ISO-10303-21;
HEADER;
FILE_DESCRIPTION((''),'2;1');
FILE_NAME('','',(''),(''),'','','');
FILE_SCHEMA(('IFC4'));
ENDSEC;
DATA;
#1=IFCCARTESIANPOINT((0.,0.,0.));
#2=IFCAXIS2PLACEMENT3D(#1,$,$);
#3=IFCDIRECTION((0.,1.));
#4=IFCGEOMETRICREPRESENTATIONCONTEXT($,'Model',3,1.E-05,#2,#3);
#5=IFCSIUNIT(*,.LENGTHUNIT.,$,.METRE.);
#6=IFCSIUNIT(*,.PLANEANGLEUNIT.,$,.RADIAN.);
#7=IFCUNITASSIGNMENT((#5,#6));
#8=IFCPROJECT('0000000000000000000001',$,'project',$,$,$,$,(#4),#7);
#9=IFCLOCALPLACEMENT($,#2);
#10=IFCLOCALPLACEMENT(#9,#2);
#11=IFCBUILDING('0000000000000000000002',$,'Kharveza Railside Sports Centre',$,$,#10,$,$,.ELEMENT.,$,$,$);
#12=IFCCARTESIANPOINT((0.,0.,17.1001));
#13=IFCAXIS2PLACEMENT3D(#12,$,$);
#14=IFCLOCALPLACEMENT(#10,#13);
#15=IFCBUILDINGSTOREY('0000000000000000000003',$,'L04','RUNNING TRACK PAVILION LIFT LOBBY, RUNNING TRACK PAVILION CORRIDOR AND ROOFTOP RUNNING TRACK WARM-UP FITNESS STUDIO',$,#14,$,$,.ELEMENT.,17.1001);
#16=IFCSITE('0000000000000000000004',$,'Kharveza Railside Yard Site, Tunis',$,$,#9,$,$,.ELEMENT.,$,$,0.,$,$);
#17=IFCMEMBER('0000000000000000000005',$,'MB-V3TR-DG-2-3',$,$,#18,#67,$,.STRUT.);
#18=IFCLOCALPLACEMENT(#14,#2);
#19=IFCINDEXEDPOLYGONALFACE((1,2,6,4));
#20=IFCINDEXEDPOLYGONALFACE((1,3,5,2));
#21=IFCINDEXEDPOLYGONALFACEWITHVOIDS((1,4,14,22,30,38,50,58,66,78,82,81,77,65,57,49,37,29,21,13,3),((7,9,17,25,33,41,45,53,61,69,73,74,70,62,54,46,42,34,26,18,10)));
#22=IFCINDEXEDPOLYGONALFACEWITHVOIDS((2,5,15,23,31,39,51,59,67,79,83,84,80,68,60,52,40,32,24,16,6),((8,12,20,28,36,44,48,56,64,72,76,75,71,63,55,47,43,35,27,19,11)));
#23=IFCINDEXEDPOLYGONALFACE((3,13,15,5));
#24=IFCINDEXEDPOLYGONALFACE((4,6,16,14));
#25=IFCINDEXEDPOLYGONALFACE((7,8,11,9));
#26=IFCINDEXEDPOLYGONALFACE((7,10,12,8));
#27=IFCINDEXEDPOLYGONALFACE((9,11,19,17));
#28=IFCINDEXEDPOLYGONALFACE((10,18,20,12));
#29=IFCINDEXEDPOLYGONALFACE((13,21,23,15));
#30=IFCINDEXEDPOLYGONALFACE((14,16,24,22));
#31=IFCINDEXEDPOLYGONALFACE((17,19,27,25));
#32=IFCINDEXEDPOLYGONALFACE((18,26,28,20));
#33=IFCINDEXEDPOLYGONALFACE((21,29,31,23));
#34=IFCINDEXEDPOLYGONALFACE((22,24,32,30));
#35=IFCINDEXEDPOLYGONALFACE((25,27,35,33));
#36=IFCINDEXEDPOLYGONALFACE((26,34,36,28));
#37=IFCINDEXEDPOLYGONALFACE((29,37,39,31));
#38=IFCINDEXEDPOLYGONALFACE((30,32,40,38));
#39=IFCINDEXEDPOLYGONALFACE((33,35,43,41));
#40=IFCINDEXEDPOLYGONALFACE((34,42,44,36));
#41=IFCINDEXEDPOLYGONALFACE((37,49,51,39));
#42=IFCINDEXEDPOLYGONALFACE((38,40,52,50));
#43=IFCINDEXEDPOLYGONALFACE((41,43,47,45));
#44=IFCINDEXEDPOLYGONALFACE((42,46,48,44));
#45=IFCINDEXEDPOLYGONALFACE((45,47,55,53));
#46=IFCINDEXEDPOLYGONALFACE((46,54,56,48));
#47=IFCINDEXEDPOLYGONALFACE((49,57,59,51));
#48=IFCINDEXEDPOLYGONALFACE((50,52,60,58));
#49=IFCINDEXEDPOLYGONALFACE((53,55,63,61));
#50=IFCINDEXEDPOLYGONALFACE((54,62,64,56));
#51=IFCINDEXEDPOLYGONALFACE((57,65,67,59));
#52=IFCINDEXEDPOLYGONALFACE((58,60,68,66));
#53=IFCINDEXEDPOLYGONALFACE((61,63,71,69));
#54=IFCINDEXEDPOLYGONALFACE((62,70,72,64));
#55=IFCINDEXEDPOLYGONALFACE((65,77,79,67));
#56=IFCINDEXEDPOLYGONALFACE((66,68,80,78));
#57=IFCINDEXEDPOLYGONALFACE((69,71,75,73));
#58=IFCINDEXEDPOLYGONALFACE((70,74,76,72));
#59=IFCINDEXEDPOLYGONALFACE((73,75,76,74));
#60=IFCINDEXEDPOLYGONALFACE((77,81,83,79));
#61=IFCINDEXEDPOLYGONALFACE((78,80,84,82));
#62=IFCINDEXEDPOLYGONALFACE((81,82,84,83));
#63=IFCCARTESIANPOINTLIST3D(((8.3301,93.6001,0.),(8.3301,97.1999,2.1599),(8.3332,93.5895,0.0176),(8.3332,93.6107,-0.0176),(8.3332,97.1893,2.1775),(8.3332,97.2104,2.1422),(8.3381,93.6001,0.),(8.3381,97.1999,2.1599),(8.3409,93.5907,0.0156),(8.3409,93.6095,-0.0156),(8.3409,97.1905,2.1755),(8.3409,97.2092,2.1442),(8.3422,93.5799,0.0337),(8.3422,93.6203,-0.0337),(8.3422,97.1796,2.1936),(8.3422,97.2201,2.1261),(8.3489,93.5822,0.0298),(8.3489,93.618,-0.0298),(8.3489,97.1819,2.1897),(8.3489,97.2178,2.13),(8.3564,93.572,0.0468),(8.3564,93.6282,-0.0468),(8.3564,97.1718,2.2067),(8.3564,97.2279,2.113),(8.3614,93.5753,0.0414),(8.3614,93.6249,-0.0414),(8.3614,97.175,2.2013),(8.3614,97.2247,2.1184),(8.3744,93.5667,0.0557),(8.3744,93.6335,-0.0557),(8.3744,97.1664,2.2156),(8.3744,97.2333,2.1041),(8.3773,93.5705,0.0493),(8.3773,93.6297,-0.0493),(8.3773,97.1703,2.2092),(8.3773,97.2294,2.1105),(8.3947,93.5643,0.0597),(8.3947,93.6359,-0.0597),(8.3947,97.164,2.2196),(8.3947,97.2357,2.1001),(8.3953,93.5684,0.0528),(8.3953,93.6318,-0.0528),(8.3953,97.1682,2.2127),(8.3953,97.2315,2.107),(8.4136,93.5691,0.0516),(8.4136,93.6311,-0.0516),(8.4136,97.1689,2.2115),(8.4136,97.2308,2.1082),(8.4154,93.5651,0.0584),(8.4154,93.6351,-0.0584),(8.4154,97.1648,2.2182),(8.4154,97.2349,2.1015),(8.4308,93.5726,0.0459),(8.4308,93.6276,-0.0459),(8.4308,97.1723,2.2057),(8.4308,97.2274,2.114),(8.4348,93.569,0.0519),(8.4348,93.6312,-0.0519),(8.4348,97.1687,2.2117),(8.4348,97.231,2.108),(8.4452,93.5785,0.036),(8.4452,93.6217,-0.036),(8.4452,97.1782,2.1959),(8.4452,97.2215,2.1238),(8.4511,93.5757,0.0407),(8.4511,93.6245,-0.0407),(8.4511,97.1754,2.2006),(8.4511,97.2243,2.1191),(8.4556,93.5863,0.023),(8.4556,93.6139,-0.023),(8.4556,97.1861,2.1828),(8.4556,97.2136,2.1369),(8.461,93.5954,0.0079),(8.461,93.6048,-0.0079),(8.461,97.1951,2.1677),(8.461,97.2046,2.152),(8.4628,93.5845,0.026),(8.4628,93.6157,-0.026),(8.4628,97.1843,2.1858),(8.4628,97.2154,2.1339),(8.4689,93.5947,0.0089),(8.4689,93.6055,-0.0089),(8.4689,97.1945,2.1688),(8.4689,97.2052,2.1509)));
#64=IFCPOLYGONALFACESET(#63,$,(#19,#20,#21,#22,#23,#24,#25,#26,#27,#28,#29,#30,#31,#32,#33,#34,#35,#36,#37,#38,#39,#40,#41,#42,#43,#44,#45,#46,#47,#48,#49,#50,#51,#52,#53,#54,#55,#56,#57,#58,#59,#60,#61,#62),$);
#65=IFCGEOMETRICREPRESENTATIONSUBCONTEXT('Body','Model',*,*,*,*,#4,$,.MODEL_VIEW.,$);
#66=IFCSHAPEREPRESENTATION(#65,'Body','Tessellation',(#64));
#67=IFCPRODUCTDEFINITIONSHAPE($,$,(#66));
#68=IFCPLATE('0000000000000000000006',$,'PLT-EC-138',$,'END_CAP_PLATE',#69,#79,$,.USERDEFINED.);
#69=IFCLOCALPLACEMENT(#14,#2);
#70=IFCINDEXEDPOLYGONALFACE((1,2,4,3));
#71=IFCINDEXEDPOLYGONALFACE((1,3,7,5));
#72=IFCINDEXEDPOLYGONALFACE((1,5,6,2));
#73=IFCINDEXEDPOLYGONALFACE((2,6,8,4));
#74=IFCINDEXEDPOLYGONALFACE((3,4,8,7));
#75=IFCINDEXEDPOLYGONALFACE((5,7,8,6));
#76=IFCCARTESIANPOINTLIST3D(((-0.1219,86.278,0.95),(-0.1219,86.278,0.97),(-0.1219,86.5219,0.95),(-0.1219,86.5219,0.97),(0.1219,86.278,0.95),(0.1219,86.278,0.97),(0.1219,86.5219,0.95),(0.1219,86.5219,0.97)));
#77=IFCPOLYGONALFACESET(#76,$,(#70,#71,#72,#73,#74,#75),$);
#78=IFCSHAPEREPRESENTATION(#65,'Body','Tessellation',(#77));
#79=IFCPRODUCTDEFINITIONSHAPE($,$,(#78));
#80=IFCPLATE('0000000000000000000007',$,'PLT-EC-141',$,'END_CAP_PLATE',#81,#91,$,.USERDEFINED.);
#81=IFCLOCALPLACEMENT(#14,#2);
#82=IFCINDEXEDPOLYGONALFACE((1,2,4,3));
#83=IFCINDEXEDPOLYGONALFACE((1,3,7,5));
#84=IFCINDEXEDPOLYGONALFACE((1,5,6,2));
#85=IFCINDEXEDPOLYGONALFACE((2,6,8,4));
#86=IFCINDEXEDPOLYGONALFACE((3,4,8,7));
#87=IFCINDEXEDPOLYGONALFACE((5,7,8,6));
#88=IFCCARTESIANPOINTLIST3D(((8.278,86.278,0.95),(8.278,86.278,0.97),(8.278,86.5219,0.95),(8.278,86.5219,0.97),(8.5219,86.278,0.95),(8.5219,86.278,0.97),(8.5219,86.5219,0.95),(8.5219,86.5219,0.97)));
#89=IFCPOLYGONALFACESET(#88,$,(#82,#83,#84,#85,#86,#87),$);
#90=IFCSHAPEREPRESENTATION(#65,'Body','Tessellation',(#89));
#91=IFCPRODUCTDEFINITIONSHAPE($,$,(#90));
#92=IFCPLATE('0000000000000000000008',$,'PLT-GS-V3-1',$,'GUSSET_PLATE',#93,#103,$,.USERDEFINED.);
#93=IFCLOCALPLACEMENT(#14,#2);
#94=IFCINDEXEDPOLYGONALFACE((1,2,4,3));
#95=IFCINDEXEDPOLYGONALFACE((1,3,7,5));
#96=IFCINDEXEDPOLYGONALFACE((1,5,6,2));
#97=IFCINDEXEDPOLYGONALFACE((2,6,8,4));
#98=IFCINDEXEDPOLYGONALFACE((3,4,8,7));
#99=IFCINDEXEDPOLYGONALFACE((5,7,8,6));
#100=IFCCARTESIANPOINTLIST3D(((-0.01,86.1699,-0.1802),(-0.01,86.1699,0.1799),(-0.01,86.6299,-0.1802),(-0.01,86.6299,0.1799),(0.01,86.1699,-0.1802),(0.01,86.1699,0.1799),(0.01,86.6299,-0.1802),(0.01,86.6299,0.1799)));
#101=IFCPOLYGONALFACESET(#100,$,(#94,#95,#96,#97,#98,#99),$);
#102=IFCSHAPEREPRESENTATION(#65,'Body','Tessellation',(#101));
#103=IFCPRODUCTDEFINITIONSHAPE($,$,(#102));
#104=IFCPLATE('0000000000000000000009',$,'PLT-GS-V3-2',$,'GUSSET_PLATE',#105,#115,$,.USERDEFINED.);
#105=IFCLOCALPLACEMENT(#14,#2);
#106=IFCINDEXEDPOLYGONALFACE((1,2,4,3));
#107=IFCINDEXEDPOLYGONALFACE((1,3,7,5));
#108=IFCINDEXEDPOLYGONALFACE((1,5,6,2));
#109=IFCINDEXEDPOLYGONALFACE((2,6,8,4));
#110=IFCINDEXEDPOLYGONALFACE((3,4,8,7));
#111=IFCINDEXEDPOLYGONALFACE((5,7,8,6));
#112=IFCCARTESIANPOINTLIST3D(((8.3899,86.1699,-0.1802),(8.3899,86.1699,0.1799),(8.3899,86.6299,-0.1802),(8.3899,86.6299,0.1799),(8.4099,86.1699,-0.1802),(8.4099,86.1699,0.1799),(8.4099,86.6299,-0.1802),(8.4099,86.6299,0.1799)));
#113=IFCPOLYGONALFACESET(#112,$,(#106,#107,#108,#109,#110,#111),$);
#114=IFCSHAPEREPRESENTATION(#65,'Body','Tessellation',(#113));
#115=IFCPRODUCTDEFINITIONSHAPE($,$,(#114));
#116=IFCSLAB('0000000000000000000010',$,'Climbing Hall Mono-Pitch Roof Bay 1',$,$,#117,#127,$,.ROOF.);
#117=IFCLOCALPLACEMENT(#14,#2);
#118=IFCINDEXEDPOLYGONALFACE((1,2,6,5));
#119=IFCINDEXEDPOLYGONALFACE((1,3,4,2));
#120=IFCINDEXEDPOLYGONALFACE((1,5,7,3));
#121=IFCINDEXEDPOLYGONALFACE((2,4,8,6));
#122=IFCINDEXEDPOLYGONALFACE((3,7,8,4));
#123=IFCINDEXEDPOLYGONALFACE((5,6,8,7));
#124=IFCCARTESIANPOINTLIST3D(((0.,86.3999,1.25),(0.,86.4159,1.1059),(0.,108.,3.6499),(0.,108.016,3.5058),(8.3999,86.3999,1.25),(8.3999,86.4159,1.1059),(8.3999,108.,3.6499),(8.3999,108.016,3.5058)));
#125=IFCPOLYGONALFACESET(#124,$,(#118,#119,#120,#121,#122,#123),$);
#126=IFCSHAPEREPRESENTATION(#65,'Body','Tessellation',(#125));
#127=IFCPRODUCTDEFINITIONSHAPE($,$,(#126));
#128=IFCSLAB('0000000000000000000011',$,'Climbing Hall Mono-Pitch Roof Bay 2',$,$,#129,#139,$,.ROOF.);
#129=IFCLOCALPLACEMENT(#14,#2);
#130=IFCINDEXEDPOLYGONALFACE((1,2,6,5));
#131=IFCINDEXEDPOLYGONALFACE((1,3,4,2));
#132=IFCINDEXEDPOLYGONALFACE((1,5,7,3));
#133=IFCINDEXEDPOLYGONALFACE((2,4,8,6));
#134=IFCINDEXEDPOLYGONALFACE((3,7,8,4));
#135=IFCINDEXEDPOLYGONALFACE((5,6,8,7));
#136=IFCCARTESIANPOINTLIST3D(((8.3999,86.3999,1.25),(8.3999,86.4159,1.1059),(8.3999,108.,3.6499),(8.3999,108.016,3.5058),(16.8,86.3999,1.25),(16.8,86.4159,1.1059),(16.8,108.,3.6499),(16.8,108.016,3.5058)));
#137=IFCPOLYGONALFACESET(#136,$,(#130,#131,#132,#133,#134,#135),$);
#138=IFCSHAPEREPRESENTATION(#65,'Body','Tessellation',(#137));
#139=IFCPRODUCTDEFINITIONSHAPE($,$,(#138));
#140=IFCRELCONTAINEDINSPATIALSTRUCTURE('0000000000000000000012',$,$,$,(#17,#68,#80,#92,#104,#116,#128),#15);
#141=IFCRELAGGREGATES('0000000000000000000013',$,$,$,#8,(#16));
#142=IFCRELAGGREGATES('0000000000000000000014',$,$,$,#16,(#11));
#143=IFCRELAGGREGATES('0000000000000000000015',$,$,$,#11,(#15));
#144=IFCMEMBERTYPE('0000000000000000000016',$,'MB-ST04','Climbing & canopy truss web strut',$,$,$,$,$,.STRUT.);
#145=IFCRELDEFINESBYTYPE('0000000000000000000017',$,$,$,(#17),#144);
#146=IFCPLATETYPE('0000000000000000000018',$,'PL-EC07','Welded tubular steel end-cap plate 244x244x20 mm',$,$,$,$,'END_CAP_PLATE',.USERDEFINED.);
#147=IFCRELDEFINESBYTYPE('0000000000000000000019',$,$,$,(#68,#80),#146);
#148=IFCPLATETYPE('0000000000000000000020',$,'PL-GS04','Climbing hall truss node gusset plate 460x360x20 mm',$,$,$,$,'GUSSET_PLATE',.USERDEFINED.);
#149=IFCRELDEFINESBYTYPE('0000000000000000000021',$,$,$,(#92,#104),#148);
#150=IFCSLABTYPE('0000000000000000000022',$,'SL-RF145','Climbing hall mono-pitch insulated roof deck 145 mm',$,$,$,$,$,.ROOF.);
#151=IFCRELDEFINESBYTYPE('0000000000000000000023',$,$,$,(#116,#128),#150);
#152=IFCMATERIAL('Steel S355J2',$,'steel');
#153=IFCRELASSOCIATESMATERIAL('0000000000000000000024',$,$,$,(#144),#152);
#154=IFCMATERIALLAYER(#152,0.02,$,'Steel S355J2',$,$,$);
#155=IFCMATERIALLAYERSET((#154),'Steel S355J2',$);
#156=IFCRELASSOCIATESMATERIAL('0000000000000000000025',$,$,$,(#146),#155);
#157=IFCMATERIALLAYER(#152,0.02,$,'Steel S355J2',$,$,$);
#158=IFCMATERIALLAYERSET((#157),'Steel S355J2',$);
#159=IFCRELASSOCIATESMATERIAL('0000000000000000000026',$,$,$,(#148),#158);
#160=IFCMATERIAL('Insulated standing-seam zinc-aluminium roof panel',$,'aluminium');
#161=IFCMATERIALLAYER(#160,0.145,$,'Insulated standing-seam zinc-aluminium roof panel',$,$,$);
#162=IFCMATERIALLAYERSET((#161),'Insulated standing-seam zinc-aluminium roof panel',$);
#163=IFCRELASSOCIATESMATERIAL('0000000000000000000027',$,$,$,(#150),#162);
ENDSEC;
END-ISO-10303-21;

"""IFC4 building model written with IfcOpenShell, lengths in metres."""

from ifc_helpers import new_model, si_unit, direction, frame, origin, origin_2d, place, context, subcontext, project, spatial, polyline, rectangle, hollow_circle, outline, extrude, material, layer, layer_set, material_profile, profile_set, type_object, element, save


model = new_model("IFC4")

# Units and contexts
model_context = context("Model", 3, precision=1e-05, world=origin(), true_north=direction((0.0, 1.0)))
body_context = subcontext(model_context, "Body", "Model", "MODEL_VIEW")
ifc_project = project(units=[si_unit("LENGTHUNIT", "METRE"), si_unit("PLANEANGLEUNIT", "RADIAN")], contexts=[model_context])

# Site, building, storey
site_placement = place(None, origin())
site = spatial("IfcSite", under=ifc_project, at=site_placement, Name="Kharveza Railside Yard Site, Tunis", CompositionType="ELEMENT", RefElevation=0.0)
building_placement = place(site_placement, origin())
building = spatial("IfcBuilding", under=site, at=building_placement, Name="Kharveza Railside Sports Centre", CompositionType="ELEMENT")
storey_placement = place(building_placement, frame((0.0, 0.0, 17.1001)))
storey = spatial("IfcBuildingStorey", under=building, at=storey_placement, Name="L04", Description="RUNNING TRACK PAVILION LIFT LOBBY, RUNNING TRACK PAVILION CORRIDOR AND ROOFTOP RUNNING TRACK WARM-UP FITNESS STUDIO", CompositionType="ELEMENT", Elevation=17.1001)

# Member
ifc_material_1 = material(Name="Steel S355J2", Category="steel")
ifc_material_profile_1 = material_profile(ifc_material_1, hollow_circle(Radius=0.0698, WallThickness=0.0081, at=origin_2d()), Name="CHS 139.7x8.0")
ifc_profile_set_1 = profile_set([ifc_material_profile_1], Name="Steel S355J2")
member_type_1 = type_object("IfcMemberType", Name="MB-ST04", Description="Climbing & canopy truss web strut", PredefinedType="STRUT", material=ifc_profile_set_1)
member_1_placement = place(storey_placement, frame((8.3999, 93.6001, 0.0), z_axis=(0.0, 0.857493, 0.514496), x_axis=(-1.0, 0.0, 0.0)))
element("IfcMember", 1, at=member_1_placement, inside=storey, type_object=member_type_1, Name="MB-V3TR-DG-2-3", PredefinedType="STRUT", context=body_context, shape_type="SweptSolid", body=[
    extrude(hollow_circle(Radius=0.0698, WallThickness=0.0081, at=origin_2d()), origin(), (0.0, 0.0, 1.0), 4.198),
])

# Plates
ifc_layer_1 = layer(ifc_material_1, 0.02, Name="Steel S355J2")
ifc_layer_set_1 = layer_set([ifc_layer_1], Name="Steel S355J2")
plate_type_1 = type_object("IfcPlateType", Name="PL-EC07", Description="Welded tubular steel end-cap plate 244x244x20 mm", ElementType="END_CAP_PLATE", PredefinedType="USERDEFINED", material=ifc_layer_set_1)
for number, where, z_axis, x_axis, name in (
    (2, (0.0, 86.3999, 0.95), (0.0, 0.0, 1.0), (1.0, 0.0, 0.0), "PLT-EC-138"),
    (3, (8.3999, 86.3999, 0.95), (0.0, 0.0, 1.0), (1.0, 0.0, 0.0), "PLT-EC-141"),
):
    element("IfcPlate", number, at=place(storey_placement, frame(where, z_axis=z_axis, x_axis=x_axis)), inside=storey, type_object=plate_type_1, Name=name, ObjectType="END_CAP_PLATE", PredefinedType="USERDEFINED", context=body_context, shape_type="SweptSolid", body=[
        extrude(rectangle(XDim=0.2439, YDim=0.2439, at=origin_2d()), origin(), (0.0, 0.0, 1.0), 0.02),
    ])
ifc_layer_2 = layer(ifc_material_1, 0.02, Name="Steel S355J2")
ifc_layer_set_2 = layer_set([ifc_layer_2], Name="Steel S355J2")
plate_type_2 = type_object("IfcPlateType", Name="PL-GS04", Description="Climbing hall truss node gusset plate 460x360x20 mm", ElementType="GUSSET_PLATE", PredefinedType="USERDEFINED", material=ifc_layer_set_2)
for number, where, z_axis, x_axis, name in (
    (4, (0.0, 86.3999, -0.1802), (0.0, 0.0, 1.0), (1.0, 0.0, 0.0), "PLT-GS-V3-1"),
    (5, (8.3999, 86.3999, -0.1802), (0.0, 0.0, 1.0), (1.0, 0.0, 0.0), "PLT-GS-V3-2"),
):
    element("IfcPlate", number, at=place(storey_placement, frame(where, z_axis=z_axis, x_axis=x_axis)), inside=storey, type_object=plate_type_2, Name=name, ObjectType="GUSSET_PLATE", PredefinedType="USERDEFINED", context=body_context, shape_type="SweptSolid", body=[
        extrude(rectangle(XDim=0.02, YDim=0.46, at=origin_2d()), origin(), (0.0, 0.0, 1.0), 0.3601),
    ])

# Slabs
ifc_material_2 = material(Name="Insulated standing-seam zinc-aluminium roof panel", Category="aluminium")
ifc_layer_3 = layer(ifc_material_2, 0.145, Name="Insulated standing-seam zinc-aluminium roof panel")
ifc_layer_set_3 = layer_set([ifc_layer_3], Name="Insulated standing-seam zinc-aluminium roof panel")
slab_type = type_object("IfcSlabType", Name="SL-RF145", Description="Climbing hall mono-pitch insulated roof deck 145 mm", PredefinedType="ROOF", material=ifc_layer_set_3)
slab_1_placement = place(storey_placement, frame((0.0, 86.3999, 1.25), z_axis=(0.0, -0.110427, 0.993884), x_axis=(1.0, 0.0, 0.0)))
element("IfcSlab", 6, at=slab_1_placement, inside=storey, type_object=slab_type, Name="Climbing Hall Mono-Pitch Roof Bay 1", PredefinedType="ROOF", context=body_context, shape_type="SweptSolid", body=[
    extrude(outline(polyline([(0.0, 0.0), (8.3999, 0.0), (8.3999, 21.733), (0.0, 21.733), (0.0, 0.0)])), origin(), (0.0, 0.0, -1.0), 0.145),
])
slab_2_placement = place(storey_placement, frame((8.3999, 86.3999, 1.25), z_axis=(0.0, -0.110427, 0.993884), x_axis=(1.0, 0.0, 0.0)))
element("IfcSlab", 7, at=slab_2_placement, inside=storey, type_object=slab_type, Name="Climbing Hall Mono-Pitch Roof Bay 2", PredefinedType="ROOF", context=body_context, shape_type="SweptSolid", body=[
    extrude(outline(polyline([(0.0, 0.0), (8.4001, 0.0), (8.4001, 21.733), (0.0, 21.733), (0.0, 0.0)])), origin(), (0.0, 0.0, -1.0), 0.145),
])

save(model, "model.ifc")
